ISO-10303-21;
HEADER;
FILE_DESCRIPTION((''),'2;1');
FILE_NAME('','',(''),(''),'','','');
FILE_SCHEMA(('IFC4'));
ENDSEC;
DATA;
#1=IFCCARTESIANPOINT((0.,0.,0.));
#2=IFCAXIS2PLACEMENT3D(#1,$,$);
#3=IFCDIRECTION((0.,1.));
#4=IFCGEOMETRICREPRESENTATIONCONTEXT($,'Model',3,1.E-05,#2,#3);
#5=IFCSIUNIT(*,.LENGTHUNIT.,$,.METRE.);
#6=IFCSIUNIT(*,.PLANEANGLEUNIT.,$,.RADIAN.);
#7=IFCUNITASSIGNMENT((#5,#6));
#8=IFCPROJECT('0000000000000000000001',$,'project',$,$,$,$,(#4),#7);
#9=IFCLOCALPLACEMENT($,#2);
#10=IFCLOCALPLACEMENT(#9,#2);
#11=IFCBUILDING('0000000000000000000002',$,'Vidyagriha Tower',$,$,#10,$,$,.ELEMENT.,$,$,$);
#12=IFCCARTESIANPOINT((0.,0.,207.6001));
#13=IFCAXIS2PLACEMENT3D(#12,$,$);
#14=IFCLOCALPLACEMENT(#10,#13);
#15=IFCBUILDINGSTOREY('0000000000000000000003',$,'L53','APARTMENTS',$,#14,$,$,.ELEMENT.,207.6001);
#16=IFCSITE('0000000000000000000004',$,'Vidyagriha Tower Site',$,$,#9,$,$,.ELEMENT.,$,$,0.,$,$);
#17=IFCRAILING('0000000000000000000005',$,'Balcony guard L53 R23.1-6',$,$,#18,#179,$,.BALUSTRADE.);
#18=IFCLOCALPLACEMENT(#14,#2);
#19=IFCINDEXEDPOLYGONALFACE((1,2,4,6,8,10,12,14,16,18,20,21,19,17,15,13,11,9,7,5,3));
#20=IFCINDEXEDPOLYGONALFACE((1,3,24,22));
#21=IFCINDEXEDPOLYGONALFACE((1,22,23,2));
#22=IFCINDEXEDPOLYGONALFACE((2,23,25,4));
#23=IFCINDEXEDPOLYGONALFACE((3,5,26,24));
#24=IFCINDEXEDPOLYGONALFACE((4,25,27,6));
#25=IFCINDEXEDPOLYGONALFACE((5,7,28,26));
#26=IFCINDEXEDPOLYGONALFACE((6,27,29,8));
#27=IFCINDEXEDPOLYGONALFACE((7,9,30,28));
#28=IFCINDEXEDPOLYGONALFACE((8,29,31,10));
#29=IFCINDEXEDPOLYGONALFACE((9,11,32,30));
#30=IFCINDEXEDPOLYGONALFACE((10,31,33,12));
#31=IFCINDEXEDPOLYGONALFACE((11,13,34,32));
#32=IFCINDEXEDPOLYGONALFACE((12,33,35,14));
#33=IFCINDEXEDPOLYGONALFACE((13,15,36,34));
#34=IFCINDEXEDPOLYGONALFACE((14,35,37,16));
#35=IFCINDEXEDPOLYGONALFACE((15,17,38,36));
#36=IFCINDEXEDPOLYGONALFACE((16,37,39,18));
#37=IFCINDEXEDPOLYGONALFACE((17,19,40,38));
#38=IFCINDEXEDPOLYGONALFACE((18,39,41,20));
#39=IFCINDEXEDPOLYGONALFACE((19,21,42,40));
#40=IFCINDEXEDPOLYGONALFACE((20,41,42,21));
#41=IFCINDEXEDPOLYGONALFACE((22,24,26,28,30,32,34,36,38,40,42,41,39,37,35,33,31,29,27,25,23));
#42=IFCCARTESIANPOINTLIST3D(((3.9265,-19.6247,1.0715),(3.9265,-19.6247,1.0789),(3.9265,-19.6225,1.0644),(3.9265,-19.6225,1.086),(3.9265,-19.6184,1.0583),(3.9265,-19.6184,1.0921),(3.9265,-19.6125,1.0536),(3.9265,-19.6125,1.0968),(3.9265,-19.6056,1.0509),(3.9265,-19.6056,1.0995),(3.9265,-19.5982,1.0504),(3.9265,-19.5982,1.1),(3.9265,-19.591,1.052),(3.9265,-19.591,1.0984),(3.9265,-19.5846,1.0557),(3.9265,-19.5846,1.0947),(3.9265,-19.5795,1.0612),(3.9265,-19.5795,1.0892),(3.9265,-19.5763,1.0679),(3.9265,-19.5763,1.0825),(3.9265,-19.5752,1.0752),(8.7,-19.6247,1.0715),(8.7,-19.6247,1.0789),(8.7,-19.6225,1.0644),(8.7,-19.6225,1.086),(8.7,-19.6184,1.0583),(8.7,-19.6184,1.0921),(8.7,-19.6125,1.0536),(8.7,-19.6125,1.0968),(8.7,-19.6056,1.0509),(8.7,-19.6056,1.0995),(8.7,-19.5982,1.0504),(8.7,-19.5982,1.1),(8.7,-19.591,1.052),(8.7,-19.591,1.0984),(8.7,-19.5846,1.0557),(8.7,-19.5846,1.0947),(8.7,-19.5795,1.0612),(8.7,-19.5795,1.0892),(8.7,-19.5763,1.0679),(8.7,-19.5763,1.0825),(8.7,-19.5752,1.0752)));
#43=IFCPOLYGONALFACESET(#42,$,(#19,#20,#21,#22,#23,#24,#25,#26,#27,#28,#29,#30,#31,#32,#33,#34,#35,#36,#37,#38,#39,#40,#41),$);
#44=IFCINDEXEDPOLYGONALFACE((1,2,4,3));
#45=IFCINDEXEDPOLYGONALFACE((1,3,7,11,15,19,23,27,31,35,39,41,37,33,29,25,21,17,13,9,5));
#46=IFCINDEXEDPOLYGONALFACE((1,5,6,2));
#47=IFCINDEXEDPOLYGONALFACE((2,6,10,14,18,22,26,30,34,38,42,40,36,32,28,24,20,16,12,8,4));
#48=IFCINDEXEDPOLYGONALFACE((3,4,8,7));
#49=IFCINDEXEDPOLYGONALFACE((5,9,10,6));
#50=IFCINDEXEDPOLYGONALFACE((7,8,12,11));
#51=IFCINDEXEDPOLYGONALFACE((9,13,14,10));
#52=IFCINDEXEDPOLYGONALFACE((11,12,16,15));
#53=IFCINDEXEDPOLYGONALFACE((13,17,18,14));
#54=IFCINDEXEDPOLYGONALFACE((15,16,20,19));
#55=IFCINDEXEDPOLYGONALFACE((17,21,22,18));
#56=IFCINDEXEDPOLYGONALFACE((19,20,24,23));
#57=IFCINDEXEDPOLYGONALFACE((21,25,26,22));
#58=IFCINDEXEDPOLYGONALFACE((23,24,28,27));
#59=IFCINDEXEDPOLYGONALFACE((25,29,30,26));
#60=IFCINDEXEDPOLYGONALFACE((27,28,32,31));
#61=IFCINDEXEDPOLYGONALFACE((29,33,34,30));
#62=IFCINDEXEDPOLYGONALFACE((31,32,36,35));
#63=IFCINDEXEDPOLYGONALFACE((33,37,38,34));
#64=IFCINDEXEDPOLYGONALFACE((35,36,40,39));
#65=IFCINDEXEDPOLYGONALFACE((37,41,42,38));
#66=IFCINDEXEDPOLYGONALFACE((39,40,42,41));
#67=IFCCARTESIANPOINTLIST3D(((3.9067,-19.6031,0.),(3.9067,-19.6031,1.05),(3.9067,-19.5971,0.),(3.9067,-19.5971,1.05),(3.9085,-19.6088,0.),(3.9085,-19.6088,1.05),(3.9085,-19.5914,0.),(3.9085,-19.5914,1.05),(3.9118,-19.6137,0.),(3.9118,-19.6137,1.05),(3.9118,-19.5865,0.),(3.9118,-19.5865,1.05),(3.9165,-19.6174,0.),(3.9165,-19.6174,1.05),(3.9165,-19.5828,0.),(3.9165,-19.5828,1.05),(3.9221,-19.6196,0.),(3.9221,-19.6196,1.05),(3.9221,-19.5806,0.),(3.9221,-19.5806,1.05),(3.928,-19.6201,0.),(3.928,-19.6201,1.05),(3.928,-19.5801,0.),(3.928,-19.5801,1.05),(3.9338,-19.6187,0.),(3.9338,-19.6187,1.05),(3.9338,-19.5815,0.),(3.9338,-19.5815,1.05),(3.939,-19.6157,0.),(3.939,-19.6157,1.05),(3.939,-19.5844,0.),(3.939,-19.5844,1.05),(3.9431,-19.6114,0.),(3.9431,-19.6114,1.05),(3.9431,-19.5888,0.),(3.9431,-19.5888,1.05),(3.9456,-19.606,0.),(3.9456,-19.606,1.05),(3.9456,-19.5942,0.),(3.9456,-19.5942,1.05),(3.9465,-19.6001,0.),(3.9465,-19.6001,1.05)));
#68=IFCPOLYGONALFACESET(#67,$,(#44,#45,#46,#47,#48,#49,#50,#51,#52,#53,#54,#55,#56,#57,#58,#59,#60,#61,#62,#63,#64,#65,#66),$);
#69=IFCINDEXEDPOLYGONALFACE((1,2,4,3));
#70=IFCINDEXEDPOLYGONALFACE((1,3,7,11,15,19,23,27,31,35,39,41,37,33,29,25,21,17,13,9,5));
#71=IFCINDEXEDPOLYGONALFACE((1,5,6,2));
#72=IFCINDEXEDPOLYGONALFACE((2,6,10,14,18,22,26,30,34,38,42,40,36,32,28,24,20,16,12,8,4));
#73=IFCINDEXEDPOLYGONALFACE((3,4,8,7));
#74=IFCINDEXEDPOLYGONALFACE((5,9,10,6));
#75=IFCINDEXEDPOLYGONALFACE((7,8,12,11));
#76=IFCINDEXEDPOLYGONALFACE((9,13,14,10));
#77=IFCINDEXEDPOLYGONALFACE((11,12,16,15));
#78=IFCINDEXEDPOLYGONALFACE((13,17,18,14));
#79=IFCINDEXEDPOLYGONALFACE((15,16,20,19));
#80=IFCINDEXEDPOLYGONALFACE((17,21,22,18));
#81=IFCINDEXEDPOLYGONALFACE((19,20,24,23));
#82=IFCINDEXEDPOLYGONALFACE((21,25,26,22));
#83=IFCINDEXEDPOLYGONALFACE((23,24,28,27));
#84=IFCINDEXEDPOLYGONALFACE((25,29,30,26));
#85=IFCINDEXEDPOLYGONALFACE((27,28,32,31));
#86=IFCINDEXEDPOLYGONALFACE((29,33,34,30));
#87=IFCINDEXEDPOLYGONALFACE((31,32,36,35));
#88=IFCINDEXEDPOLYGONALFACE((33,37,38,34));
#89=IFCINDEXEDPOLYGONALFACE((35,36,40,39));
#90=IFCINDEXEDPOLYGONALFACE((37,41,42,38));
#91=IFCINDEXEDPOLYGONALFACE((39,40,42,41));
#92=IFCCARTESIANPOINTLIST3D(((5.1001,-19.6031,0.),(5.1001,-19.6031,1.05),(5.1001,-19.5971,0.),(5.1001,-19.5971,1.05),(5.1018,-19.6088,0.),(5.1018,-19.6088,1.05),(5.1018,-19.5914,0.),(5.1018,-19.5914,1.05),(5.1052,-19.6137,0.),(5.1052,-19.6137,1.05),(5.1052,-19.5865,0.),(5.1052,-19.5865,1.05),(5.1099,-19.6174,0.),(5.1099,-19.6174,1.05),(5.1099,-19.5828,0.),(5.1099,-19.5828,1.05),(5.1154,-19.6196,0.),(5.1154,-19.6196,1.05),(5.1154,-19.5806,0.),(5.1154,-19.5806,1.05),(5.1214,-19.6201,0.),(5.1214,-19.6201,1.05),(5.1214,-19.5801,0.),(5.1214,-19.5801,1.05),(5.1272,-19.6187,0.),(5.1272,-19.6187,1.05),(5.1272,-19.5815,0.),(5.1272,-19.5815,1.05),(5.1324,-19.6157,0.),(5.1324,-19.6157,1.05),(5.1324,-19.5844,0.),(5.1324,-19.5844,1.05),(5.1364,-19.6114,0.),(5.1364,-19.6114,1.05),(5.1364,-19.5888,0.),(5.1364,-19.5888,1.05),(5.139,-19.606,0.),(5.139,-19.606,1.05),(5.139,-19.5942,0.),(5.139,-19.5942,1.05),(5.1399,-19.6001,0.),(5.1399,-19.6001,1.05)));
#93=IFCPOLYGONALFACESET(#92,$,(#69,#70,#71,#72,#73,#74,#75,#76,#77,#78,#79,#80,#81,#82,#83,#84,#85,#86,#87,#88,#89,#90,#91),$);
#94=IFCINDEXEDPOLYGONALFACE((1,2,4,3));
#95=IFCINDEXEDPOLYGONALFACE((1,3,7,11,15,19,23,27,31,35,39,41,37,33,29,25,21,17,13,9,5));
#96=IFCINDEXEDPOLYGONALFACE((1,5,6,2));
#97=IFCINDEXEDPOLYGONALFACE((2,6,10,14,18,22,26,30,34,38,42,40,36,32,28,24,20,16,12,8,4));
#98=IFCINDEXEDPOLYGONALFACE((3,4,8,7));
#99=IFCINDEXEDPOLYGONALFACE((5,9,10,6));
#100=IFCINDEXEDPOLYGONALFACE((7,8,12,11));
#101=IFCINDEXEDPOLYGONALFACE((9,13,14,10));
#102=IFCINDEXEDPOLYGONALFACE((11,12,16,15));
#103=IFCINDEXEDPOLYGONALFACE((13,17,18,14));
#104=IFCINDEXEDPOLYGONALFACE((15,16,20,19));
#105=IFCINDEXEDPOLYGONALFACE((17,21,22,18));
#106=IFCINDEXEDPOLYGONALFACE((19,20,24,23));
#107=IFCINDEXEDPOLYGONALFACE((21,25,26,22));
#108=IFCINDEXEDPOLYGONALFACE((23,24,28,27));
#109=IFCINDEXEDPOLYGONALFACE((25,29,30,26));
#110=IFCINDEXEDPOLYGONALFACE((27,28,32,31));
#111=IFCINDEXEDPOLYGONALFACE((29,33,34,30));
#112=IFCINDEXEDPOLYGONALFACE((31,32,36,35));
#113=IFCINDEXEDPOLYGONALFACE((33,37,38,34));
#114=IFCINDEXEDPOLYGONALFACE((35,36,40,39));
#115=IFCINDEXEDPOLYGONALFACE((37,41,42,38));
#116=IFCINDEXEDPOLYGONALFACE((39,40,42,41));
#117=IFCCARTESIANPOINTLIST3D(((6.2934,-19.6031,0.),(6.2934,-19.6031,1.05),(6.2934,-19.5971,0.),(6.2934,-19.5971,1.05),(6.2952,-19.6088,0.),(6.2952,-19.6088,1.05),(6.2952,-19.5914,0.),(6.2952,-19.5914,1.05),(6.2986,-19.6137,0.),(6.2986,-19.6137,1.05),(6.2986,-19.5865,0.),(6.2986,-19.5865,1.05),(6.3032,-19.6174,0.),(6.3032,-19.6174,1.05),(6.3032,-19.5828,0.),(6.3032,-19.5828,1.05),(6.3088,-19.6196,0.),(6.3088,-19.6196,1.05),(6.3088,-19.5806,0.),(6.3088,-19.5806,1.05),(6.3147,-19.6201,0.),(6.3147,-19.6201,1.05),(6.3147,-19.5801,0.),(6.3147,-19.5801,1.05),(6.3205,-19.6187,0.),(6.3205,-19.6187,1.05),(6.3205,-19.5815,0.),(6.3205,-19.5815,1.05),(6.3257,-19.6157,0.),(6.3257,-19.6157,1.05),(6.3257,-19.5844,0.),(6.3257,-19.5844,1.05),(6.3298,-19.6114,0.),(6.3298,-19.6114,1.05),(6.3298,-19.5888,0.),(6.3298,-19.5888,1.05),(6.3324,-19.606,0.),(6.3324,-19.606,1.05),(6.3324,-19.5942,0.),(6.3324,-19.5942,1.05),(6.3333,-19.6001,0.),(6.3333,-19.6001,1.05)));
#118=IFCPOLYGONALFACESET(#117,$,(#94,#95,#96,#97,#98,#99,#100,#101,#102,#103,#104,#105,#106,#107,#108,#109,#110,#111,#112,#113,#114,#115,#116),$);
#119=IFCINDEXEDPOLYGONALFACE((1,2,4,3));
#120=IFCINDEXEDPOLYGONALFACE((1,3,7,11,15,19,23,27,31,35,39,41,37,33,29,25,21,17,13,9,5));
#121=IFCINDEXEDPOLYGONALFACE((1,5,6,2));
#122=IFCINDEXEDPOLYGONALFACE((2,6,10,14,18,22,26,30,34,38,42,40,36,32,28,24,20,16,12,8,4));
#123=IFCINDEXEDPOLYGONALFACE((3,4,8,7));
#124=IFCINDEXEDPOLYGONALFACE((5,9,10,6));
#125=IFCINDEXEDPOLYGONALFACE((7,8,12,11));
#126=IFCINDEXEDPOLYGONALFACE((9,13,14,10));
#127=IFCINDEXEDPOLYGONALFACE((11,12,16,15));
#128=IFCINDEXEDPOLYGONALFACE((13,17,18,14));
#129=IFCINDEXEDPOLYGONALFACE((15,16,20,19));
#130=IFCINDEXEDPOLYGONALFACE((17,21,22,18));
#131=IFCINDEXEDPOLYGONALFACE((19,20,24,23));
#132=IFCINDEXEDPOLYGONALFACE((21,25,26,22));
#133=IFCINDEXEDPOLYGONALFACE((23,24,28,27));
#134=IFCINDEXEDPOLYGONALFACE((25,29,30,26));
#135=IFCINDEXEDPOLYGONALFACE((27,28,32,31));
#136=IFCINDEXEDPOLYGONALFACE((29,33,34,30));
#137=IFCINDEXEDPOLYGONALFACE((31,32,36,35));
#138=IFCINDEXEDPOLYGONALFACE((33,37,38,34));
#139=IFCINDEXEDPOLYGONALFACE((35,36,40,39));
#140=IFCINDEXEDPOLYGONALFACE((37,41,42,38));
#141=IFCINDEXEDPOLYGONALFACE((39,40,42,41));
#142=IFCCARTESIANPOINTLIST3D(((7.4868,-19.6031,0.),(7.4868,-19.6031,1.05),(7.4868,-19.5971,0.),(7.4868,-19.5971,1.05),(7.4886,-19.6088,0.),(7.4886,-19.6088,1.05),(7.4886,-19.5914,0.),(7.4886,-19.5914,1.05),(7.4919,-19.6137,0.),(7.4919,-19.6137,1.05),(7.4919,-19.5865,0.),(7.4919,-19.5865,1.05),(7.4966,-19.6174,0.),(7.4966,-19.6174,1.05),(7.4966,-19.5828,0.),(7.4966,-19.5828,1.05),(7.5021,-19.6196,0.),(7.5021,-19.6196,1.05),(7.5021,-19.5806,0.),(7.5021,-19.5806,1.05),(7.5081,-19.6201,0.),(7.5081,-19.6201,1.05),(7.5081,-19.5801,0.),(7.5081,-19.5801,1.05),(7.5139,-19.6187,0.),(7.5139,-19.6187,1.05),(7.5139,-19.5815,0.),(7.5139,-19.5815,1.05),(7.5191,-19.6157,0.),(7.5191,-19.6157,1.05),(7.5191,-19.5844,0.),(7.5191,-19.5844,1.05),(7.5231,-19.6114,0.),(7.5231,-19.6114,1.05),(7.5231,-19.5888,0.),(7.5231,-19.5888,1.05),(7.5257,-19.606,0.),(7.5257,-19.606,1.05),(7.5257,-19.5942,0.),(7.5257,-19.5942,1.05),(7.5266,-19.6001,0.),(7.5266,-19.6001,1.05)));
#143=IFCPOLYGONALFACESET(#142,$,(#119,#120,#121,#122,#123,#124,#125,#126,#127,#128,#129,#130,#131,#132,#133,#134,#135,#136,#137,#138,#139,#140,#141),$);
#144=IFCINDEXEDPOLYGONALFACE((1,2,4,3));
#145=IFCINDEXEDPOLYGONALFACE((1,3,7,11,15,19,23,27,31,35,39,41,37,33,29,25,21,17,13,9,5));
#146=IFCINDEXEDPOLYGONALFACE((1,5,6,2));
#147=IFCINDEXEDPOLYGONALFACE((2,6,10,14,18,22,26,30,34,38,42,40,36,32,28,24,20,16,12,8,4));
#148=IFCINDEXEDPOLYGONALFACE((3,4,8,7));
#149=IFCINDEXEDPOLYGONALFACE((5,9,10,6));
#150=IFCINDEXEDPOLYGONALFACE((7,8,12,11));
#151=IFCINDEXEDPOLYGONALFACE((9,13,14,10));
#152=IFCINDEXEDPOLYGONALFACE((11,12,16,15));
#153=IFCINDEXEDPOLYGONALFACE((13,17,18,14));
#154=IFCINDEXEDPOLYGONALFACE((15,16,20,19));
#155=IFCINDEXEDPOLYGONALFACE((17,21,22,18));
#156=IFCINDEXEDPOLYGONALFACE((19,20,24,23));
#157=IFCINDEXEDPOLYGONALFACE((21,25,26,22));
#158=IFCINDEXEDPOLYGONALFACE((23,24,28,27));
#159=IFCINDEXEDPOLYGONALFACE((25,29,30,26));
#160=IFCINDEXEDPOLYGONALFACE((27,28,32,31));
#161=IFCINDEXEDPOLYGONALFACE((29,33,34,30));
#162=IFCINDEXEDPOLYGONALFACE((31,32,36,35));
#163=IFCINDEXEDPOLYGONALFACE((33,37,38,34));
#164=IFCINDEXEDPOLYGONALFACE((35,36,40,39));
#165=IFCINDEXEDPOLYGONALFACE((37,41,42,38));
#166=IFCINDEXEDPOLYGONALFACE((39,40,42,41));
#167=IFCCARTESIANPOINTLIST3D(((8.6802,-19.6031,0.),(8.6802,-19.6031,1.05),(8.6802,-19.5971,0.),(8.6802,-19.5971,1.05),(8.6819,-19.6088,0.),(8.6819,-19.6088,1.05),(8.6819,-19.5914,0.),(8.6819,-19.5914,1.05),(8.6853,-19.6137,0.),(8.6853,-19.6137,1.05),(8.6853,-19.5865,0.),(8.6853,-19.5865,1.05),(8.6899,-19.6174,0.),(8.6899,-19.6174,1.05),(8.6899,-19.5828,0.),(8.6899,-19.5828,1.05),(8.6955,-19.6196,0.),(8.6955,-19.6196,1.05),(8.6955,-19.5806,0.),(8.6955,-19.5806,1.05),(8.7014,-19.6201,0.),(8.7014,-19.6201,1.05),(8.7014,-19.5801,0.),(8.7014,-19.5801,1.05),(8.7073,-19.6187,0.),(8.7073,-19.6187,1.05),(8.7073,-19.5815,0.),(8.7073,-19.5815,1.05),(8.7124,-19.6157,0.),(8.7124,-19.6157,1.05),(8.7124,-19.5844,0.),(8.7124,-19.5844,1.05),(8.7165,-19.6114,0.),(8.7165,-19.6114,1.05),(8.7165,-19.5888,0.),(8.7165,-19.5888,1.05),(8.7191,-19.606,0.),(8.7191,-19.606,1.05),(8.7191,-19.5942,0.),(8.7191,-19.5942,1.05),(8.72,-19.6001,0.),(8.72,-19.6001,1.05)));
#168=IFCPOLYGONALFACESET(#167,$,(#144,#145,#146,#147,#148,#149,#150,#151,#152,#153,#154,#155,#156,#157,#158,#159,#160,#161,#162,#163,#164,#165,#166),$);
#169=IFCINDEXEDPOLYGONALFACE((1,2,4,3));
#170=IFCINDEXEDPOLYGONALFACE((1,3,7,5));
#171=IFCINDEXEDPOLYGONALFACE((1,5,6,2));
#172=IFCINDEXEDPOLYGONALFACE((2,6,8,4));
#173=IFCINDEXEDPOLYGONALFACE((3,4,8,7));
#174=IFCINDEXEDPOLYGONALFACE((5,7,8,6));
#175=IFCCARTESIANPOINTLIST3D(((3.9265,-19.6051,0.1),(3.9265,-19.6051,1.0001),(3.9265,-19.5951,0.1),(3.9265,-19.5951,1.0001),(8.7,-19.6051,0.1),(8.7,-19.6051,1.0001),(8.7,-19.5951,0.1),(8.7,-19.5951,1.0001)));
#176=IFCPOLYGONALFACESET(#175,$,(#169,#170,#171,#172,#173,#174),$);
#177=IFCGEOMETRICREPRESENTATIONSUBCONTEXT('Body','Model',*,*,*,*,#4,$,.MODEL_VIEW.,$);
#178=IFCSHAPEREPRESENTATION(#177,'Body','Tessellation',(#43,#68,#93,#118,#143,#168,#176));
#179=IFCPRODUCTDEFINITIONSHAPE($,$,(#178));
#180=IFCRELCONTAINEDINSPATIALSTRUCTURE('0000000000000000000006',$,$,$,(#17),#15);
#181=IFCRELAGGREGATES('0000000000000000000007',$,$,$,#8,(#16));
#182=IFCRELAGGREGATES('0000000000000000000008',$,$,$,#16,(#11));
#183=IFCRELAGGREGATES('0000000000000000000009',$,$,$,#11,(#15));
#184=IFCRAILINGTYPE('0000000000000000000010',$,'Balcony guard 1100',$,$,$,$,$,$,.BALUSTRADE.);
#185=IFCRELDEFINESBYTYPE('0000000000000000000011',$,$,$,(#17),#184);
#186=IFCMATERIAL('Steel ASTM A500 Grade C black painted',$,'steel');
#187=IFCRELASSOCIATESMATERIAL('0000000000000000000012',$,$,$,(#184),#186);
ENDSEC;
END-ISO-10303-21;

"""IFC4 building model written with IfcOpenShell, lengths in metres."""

from ifc_helpers import new_model, si_unit, direction, frame, origin, origin_2d, place, context, subcontext, project, spatial, rectangle, circle, extrude, material, type_object, element, save


model = new_model("IFC4")

# Units and contexts
model_context = context("Model", 3, precision=1e-05, world=origin(), true_north=direction((0.0, 1.0)))
body_context = subcontext(model_context, "Body", "Model", "MODEL_VIEW")
ifc_project = project(units=[si_unit("LENGTHUNIT", "METRE"), si_unit("PLANEANGLEUNIT", "RADIAN")], contexts=[model_context])

# Site, building, storey
site_placement = place(None, origin())
site = spatial("IfcSite", under=ifc_project, at=site_placement, Name="Vidyagriha Tower Site", CompositionType="ELEMENT", RefElevation=0.0)
building_placement = place(site_placement, origin())
building = spatial("IfcBuilding", under=site, at=building_placement, Name="Vidyagriha Tower", CompositionType="ELEMENT")
storey_placement = place(building_placement, frame((0.0, 0.0, 207.6001)))
storey = spatial("IfcBuildingStorey", under=building, at=storey_placement, Name="L53", Description="APARTMENTS", CompositionType="ELEMENT", Elevation=207.6001)

# Railing
ifc_material_1 = material(Name="Steel ASTM A500 Grade C black painted", Category="steel")
railing_type = type_object("IfcRailingType", Name="Balcony guard 1100", PredefinedType="BALUSTRADE", material=ifc_material_1)
railing_1_placement = place(storey_placement, frame((3.9265, -19.6001, 0.0)))
element("IfcRailing", 1, at=railing_1_placement, inside=storey, type_object=railing_type, Name="Balcony guard L53 R23.1-6", PredefinedType="BALUSTRADE", context=body_context, shape_type="SweptSolid", body=[
    extrude(circle(Radius=0.0249, at=origin_2d()), frame((0.0, 0.0, 1.0752), z_axis=(1.0, 0.0, 0.0), x_axis=(0.0, 1.0, 0.0)), (0.0, 0.0, 1.0), 4.7734),
    extrude(circle(Radius=0.02, at=origin_2d()), origin(), (0.0, 0.0, 1.0), 1.05),
    extrude(circle(Radius=0.02, at=origin_2d()), frame((1.1934, 0.0, 0.0)), (0.0, 0.0, 1.0), 1.05),
    extrude(circle(Radius=0.02, at=origin_2d()), frame((2.3867, 0.0, 0.0)), (0.0, 0.0, 1.0), 1.05),
    extrude(circle(Radius=0.02, at=origin_2d()), frame((3.5801, 0.0, 0.0)), (0.0, 0.0, 1.0), 1.05),
    extrude(circle(Radius=0.02, at=origin_2d()), frame((4.7734, 0.0, 0.0)), (0.0, 0.0, 1.0), 1.05),
    extrude(rectangle(XDim=0.01, YDim=0.9001, at=origin_2d()), frame((0.0, 0.0, 0.55), z_axis=(1.0, 0.0, 0.0), x_axis=(0.0, 1.0, 0.0)), (0.0, 0.0, 1.0), 4.7734),
])

save(model, "model.ifc")
